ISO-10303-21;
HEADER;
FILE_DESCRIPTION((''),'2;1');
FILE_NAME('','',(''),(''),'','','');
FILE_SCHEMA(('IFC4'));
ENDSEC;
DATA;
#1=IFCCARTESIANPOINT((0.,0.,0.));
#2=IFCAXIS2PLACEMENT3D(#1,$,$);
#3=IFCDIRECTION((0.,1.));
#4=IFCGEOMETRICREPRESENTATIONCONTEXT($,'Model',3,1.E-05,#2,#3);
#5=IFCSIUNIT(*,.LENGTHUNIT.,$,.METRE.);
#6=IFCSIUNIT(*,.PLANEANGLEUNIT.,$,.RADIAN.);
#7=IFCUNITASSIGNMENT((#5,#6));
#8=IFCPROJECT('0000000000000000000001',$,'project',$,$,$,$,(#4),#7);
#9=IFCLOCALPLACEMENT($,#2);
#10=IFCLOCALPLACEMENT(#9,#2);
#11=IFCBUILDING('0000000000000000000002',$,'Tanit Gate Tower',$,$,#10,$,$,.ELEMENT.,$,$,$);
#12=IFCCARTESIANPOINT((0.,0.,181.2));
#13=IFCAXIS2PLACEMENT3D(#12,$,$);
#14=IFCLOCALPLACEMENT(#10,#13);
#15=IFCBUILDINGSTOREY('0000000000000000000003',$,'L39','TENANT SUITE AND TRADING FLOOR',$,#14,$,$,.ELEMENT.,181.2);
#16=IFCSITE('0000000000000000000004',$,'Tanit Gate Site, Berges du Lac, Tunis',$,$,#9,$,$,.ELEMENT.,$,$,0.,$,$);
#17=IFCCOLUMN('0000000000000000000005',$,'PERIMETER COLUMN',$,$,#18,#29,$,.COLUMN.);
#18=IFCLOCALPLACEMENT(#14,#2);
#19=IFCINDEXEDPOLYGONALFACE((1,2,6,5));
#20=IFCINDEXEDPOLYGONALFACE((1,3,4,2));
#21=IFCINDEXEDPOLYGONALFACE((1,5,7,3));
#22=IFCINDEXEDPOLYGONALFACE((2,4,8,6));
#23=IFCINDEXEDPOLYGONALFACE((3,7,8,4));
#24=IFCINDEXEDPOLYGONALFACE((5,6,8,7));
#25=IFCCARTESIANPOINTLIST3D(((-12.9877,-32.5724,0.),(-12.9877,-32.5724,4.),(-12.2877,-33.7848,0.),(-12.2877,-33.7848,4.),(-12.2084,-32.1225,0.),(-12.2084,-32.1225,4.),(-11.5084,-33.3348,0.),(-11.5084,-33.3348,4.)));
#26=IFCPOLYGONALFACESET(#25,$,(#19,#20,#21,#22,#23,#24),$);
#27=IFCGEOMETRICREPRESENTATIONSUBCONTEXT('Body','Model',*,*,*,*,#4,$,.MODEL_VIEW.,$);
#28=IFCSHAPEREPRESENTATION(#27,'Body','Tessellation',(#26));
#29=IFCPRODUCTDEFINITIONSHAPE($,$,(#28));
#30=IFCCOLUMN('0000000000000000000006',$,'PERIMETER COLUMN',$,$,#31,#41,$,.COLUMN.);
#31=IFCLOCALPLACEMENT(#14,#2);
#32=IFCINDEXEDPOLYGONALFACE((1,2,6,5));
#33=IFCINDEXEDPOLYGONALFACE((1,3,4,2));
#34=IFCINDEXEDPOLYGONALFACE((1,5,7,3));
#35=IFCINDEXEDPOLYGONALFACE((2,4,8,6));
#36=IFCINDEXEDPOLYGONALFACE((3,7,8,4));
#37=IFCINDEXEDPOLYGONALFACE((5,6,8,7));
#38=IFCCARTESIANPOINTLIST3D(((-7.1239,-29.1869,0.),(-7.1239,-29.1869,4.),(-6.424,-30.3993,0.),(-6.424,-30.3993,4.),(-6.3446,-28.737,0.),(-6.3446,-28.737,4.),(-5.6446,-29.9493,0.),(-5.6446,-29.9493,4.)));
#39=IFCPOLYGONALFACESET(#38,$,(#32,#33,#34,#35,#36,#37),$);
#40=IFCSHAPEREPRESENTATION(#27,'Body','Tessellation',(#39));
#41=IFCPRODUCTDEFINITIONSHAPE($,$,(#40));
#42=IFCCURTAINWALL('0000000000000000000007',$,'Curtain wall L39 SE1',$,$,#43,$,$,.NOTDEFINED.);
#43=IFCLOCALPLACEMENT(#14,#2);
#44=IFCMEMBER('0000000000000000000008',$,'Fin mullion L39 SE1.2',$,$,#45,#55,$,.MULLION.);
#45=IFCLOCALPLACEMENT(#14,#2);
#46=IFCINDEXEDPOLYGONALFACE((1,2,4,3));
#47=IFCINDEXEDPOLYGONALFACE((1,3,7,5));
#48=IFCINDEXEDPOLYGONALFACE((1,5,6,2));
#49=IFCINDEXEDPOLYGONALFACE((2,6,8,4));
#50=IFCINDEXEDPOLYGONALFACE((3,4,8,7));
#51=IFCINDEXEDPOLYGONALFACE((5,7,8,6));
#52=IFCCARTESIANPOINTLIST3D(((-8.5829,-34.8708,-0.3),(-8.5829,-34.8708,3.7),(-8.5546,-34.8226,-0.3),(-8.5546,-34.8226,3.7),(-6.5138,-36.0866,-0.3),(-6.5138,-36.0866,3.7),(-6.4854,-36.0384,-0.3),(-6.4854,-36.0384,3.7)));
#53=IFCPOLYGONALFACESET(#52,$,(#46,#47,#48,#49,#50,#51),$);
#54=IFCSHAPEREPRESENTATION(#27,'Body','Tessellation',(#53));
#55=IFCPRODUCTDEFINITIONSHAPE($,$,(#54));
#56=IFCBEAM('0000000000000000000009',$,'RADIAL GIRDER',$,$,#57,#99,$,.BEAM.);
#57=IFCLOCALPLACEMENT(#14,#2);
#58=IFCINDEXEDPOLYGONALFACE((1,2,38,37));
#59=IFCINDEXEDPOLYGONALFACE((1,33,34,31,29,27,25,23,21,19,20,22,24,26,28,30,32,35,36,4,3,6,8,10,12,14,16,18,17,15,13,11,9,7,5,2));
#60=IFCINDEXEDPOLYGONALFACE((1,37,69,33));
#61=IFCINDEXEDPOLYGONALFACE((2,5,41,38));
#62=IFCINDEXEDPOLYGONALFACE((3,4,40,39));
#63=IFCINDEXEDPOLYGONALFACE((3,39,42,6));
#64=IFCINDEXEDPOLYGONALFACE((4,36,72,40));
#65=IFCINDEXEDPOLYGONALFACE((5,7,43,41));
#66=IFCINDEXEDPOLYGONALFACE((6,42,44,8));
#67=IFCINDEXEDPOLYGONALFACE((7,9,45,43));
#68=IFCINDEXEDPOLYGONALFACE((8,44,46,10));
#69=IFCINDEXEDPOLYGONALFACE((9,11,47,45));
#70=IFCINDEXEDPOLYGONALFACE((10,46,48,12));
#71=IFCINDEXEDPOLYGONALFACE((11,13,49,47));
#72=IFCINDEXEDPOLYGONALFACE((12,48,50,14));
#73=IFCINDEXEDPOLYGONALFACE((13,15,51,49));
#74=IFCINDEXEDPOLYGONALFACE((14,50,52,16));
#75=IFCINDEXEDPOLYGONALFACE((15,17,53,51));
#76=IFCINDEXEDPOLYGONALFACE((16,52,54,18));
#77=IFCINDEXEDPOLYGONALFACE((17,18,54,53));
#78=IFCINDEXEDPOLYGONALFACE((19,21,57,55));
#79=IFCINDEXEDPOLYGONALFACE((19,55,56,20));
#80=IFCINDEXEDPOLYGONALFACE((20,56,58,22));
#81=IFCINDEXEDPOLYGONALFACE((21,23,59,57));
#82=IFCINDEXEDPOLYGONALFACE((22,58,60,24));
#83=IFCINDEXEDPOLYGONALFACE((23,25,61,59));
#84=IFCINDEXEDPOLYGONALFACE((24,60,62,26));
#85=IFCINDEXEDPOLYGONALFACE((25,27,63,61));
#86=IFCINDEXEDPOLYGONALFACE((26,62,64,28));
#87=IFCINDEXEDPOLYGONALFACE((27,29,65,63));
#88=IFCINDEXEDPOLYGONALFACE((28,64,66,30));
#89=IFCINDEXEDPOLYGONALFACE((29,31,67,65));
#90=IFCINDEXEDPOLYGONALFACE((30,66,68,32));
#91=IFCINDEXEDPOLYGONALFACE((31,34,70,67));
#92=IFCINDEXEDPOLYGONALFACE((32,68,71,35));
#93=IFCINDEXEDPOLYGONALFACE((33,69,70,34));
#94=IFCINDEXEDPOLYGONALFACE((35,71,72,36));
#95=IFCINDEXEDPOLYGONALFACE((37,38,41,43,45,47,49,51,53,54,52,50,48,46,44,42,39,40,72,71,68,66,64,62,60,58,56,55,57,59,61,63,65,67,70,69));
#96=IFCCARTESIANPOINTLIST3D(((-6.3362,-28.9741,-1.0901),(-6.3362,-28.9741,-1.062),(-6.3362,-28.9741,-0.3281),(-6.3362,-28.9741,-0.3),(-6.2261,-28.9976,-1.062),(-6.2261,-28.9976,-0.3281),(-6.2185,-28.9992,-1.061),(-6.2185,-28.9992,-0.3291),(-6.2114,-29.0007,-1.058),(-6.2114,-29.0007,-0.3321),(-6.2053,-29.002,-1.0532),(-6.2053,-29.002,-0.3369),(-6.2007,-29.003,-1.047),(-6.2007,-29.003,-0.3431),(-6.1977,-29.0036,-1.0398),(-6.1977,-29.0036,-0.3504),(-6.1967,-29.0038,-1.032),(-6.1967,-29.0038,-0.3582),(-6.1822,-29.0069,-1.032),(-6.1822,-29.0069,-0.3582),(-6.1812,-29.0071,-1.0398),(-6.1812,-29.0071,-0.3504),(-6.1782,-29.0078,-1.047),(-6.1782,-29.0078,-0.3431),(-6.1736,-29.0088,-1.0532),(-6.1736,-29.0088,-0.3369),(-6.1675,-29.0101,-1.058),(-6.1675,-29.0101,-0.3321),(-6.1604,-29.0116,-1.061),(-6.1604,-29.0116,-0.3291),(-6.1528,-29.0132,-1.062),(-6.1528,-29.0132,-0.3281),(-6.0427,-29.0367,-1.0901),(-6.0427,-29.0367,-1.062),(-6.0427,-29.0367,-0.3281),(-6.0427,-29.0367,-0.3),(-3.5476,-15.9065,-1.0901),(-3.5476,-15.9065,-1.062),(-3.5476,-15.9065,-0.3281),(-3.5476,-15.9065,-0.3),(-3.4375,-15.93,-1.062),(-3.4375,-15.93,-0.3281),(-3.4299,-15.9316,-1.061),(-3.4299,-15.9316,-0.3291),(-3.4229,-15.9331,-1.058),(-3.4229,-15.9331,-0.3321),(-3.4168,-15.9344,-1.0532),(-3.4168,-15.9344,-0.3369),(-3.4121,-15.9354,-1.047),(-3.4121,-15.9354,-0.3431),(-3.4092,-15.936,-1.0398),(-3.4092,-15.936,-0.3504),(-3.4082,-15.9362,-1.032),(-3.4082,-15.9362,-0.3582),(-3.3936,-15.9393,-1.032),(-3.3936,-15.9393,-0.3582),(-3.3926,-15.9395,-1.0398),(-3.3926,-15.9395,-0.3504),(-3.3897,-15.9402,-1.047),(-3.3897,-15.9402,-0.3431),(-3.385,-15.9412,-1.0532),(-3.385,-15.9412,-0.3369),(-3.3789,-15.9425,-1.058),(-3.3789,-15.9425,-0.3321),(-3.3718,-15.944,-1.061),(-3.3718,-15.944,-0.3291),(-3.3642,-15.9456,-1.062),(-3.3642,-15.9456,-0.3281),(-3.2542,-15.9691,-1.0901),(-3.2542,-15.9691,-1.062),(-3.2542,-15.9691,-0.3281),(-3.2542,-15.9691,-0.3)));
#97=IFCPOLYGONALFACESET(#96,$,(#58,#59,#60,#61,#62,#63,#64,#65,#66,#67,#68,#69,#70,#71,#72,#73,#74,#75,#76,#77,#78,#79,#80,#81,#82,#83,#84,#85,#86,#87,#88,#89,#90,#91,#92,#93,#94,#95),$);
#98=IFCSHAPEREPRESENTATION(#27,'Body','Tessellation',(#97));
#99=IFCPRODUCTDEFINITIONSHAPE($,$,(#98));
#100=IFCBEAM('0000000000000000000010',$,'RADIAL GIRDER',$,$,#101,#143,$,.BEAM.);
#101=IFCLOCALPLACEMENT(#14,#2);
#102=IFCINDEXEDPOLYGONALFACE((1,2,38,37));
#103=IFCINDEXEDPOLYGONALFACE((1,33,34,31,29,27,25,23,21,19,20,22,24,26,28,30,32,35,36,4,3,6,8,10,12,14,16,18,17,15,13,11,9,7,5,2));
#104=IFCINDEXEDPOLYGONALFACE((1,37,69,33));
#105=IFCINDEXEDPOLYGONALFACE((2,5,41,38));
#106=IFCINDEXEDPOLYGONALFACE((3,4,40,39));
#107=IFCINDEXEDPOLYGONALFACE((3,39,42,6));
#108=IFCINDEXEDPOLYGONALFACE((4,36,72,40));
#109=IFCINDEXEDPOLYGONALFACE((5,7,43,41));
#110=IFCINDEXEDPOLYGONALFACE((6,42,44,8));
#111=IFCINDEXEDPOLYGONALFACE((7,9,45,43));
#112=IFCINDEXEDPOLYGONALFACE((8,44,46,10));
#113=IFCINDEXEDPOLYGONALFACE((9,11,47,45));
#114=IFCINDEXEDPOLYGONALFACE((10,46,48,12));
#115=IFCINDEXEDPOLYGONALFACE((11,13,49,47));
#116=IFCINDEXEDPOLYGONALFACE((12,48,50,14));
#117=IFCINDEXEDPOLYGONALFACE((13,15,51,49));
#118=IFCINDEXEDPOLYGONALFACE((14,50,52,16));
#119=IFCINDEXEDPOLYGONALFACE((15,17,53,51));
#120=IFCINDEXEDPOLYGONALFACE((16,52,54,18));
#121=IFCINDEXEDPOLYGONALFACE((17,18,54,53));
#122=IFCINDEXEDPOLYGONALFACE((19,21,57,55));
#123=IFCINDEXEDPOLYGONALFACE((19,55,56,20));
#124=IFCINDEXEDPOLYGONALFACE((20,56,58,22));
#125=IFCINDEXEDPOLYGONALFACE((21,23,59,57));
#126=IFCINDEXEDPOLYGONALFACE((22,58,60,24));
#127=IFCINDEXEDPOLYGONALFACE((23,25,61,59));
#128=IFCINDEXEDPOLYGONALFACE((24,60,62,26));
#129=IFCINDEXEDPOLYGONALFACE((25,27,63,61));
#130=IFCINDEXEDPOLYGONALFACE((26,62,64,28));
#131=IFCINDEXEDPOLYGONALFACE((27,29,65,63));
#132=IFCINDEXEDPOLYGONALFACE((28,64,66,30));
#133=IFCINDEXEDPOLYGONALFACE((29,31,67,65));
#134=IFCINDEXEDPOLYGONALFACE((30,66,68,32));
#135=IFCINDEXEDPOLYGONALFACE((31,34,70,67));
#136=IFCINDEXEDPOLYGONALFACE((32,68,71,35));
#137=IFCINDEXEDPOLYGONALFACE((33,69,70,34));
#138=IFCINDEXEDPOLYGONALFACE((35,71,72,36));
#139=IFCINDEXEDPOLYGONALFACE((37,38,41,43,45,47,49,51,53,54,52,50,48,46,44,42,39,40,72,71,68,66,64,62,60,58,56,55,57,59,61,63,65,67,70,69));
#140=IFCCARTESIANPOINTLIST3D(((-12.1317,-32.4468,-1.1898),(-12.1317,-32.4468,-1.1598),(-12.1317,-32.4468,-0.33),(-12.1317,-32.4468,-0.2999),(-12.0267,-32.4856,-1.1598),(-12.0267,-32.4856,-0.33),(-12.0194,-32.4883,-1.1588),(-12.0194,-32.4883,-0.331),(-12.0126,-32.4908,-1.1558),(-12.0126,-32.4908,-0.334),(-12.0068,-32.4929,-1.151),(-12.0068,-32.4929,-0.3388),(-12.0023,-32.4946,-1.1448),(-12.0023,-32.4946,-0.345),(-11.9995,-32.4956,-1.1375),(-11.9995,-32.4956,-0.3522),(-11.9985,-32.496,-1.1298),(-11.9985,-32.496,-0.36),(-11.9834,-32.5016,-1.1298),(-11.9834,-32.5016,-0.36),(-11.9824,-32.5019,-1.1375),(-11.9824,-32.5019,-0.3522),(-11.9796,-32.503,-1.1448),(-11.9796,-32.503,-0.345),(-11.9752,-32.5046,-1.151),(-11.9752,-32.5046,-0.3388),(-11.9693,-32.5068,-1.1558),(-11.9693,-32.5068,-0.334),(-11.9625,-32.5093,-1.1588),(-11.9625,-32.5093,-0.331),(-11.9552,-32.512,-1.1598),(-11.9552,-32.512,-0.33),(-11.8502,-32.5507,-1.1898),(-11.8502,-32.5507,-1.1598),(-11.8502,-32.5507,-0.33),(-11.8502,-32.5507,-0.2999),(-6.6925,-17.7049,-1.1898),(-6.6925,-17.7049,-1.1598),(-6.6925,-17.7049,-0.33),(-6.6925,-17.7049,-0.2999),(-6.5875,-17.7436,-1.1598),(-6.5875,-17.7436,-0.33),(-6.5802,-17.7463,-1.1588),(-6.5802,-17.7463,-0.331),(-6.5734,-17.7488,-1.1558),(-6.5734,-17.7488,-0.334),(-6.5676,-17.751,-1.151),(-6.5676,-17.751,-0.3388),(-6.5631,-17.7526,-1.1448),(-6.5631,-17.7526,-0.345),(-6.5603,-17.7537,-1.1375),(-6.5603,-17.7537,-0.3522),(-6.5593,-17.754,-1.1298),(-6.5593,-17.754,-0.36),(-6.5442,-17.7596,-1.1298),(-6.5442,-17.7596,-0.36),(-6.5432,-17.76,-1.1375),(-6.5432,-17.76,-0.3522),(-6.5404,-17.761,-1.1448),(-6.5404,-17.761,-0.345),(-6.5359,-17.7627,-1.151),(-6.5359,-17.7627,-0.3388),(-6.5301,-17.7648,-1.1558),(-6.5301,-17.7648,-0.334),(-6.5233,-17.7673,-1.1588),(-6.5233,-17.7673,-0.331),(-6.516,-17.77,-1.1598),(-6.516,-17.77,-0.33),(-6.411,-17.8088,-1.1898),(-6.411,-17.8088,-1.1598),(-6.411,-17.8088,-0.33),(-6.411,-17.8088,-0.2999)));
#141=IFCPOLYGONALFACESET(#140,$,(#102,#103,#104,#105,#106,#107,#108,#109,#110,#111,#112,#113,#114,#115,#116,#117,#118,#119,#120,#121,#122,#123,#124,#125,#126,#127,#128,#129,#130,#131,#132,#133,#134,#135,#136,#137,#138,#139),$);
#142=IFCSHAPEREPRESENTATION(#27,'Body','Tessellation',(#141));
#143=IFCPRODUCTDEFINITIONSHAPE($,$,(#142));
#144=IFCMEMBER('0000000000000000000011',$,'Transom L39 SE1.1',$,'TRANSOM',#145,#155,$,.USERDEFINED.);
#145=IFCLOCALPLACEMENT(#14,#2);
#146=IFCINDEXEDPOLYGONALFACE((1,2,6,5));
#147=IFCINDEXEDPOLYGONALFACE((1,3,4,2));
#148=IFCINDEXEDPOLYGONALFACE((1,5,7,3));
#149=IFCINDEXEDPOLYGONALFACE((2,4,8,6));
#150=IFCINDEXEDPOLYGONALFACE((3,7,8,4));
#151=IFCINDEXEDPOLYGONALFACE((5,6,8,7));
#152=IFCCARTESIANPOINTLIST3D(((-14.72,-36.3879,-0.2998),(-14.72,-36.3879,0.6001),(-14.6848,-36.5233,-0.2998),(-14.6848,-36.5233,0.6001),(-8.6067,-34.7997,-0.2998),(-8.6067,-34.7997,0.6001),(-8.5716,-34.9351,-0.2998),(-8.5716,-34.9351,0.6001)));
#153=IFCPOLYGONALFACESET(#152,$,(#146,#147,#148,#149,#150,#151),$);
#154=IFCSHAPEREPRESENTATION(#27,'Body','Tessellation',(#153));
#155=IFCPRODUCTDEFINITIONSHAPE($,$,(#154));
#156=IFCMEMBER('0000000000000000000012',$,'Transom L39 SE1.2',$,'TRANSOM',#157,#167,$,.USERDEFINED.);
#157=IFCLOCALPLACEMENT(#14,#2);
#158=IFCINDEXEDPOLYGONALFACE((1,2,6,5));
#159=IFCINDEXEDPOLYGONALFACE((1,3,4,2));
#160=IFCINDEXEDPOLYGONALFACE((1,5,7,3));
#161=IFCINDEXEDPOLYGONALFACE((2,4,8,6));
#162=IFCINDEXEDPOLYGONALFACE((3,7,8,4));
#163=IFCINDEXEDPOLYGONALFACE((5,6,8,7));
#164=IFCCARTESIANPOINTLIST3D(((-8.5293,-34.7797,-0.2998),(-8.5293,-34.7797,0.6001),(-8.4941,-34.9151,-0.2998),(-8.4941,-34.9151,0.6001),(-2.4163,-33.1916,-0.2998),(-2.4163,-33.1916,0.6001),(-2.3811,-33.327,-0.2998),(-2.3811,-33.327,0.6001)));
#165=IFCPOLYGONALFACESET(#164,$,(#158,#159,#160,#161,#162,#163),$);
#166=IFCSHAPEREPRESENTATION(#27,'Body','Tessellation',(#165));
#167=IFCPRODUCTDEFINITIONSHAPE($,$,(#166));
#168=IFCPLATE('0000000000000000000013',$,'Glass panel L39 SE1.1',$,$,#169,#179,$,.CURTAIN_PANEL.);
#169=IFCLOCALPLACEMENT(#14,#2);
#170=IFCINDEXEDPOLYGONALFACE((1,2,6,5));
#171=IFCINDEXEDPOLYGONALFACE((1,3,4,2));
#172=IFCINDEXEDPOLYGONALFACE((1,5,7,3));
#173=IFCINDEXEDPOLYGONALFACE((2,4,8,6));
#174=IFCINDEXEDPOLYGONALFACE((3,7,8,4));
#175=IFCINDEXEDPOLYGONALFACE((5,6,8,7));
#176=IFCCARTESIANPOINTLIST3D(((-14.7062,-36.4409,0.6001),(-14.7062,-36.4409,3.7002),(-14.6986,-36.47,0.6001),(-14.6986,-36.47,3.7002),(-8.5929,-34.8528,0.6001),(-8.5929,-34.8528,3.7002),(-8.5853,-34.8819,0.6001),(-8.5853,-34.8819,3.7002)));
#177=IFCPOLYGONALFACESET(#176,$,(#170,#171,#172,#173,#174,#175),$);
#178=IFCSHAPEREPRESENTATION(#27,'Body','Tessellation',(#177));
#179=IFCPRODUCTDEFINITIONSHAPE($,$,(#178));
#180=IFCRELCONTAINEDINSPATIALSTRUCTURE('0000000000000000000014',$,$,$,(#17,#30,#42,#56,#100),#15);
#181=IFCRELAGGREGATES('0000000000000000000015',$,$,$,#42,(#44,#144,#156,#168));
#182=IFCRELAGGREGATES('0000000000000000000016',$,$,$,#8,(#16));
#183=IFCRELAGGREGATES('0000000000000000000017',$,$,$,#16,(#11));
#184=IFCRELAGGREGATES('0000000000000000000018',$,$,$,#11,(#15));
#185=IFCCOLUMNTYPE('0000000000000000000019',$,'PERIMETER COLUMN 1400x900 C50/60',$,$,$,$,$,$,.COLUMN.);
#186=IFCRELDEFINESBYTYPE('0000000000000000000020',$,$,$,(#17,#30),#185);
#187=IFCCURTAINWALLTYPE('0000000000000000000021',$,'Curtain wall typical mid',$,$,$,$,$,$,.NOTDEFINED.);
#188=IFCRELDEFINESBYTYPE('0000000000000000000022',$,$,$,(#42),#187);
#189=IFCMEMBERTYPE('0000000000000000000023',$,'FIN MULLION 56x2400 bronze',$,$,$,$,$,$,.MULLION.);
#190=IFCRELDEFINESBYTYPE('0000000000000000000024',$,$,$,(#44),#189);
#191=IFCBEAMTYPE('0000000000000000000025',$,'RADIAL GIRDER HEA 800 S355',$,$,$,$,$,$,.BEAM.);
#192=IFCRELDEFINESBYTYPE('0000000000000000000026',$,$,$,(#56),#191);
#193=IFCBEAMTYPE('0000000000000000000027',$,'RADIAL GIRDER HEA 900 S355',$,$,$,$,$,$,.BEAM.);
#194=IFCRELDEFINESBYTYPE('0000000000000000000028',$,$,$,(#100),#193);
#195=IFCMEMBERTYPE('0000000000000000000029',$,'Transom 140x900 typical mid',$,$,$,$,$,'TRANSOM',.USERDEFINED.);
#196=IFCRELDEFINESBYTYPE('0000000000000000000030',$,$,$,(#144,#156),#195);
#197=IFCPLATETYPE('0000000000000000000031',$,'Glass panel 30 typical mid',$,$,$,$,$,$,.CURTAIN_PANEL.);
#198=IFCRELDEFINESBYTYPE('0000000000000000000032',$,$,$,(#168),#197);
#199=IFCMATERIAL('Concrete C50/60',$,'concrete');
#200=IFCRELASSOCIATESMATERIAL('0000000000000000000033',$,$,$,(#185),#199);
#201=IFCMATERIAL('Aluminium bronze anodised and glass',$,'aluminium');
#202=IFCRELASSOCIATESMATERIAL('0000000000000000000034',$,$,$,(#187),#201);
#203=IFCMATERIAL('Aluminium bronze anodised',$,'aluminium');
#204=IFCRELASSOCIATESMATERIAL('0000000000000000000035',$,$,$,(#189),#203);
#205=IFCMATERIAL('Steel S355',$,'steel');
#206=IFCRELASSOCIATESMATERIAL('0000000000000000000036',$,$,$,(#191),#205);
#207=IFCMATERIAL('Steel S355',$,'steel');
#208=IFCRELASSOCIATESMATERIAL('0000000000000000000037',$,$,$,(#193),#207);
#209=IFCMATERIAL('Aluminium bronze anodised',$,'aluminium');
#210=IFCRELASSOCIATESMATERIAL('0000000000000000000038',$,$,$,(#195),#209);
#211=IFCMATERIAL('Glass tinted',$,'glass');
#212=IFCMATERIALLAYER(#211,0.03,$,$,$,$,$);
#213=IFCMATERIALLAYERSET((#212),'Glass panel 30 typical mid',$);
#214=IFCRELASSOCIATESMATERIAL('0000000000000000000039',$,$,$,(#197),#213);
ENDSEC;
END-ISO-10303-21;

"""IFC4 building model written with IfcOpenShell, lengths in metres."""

from ifc_helpers import new_model, si_unit, direction, frame, origin, origin_2d, place, context, subcontext, project, spatial, rectangle, i_section, extrude, material, layer, layer_set, material_profile, profile_set, type_object, element, aggregate, save


model = new_model("IFC4")

# Units and contexts
model_context = context("Model", 3, precision=1e-05, world=origin(), true_north=direction((0.0, 1.0)))
body_context = subcontext(model_context, "Body", "Model", "MODEL_VIEW")
ifc_project = project(units=[si_unit("LENGTHUNIT", "METRE"), si_unit("PLANEANGLEUNIT", "RADIAN")], contexts=[model_context])

# Site, building, storey
site_placement = place(None, origin())
site = spatial("IfcSite", under=ifc_project, at=site_placement, Name="Tanit Gate Site, Berges du Lac, Tunis", CompositionType="ELEMENT", RefElevation=0.0)
building_placement = place(site_placement, origin())
building = spatial("IfcBuilding", under=site, at=building_placement, Name="Tanit Gate Tower", CompositionType="ELEMENT")
storey_placement = place(building_placement, frame((0.0, 0.0, 181.2)))
storey = spatial("IfcBuildingStorey", under=building, at=storey_placement, Name="L39", Description="TENANT SUITE AND TRADING FLOOR", CompositionType="ELEMENT", Elevation=181.2)

# Columns
ifc_material_1 = material(Name="Concrete C50/60", Category="concrete")
ifc_material_profile_1 = material_profile(ifc_material_1, rectangle(XDim=1.3999, YDim=0.8999, at=origin_2d()), Name="RC 1400x900")
ifc_profile_set_1 = profile_set([ifc_material_profile_1], Name="Concrete C50/60")
column_type = type_object("IfcColumnType", Name="PERIMETER COLUMN 1400x900 C50/60", PredefinedType="COLUMN", material=ifc_profile_set_1)
for number, where, z_axis, x_axis, name in (
    (1, (-12.248, -32.9536, 0.0), (0.0, 0.0, 1.0), (0.5, -0.866025, 0.0), "PERIMETER COLUMN"),
    (2, (-6.3843, -29.5681, 0.0), (0.0, 0.0, 1.0), (0.5, -0.866025, 0.0), "PERIMETER COLUMN"),
):
    element("IfcColumn", number, at=place(storey_placement, frame(where, z_axis=z_axis, x_axis=x_axis)), inside=storey, type_object=column_type, Name=name, PredefinedType="COLUMN", context=body_context, shape_type="SweptSolid", body=[
        extrude(rectangle(XDim=1.3999, YDim=0.8999, at=origin_2d()), origin(), (0.0, 0.0, 1.0), 4.0),
    ])

# Curtain wall, member
ifc_material_2 = material(Name="Aluminium bronze anodised and glass", Category="aluminium")
curtain_wall_type = type_object("IfcCurtainWallType", Name="Curtain wall typical mid", PredefinedType="NOTDEFINED", material=ifc_material_2)
curtain_wall_placement = place(storey_placement, origin())
curtain_wall = element("IfcCurtainWall", 3, at=curtain_wall_placement, inside=storey, type_object=curtain_wall_type, Name="Curtain wall L39 SE1", PredefinedType="NOTDEFINED")
ifc_material_3 = material(Name="Aluminium bronze anodised", Category="aluminium")
ifc_material_profile_2 = material_profile(ifc_material_3, rectangle(XDim=2.3999, YDim=0.0559, at=origin_2d()), Name="56x2400 bronze fin mullion")
ifc_profile_set_2 = profile_set([ifc_material_profile_2], Name="Aluminium bronze anodised")
member_type_1 = type_object("IfcMemberType", Name="FIN MULLION 56x2400 bronze", PredefinedType="MULLION", material=ifc_profile_set_2)
member_1_placement = place(storey_placement, frame((-7.5342, -35.4546, -0.3), z_axis=(0.0, 0.0, 1.0), x_axis=(-0.86218, 0.506602, 0.0)))
member_1 = element("IfcMember", 4, at=member_1_placement, type_object=member_type_1, Name="Fin mullion L39 SE1.2", PredefinedType="MULLION", context=body_context, shape_type="SweptSolid", body=[
    extrude(rectangle(XDim=2.3999, YDim=0.0559, at=origin_2d()), origin(), (0.0, 0.0, 1.0), 4.0),
])

# Beams
ifc_material_4 = material(Name="Steel S355", Category="steel")
ifc_material_profile_3 = material_profile(ifc_material_4, i_section(OverallWidth=0.3, OverallDepth=0.79, WebThickness=0.0149, FlangeThickness=0.0281, FilletRadius=0.03, at=origin_2d()), Name="HEA 800")
ifc_profile_set_3 = profile_set([ifc_material_profile_3], Name="Steel S355")
beam_type_1 = type_object("IfcBeamType", Name="RADIAL GIRDER HEA 800 S355", PredefinedType="BEAM", material=ifc_profile_set_3)
beam_1_placement = place(storey_placement, frame((-6.1895, -29.0054, -0.6951), z_axis=(0.208697, 0.97798, 0.0), x_axis=(-0.97798, 0.208697, 0.0)))
element("IfcBeam", 5, at=beam_1_placement, inside=storey, type_object=beam_type_1, Name="RADIAL GIRDER", PredefinedType="BEAM", context=body_context, shape_type="SweptSolid", body=[
    extrude(i_section(OverallWidth=0.3, OverallDepth=0.79, WebThickness=0.0149, FlangeThickness=0.0281, FilletRadius=0.03, at=origin_2d()), origin(), (0.0, 0.0, 1.0), 13.3618),
])
ifc_material_5 = material(Name="Steel S355", Category="steel")
ifc_material_profile_4 = material_profile(ifc_material_5, i_section(OverallWidth=0.3, OverallDepth=0.8899, WebThickness=0.0161, FlangeThickness=0.03, FilletRadius=0.03, at=origin_2d()), Name="HEA 900")
ifc_profile_set_4 = profile_set([ifc_material_profile_4], Name="Steel S355")
beam_type_2 = type_object("IfcBeamType", Name="RADIAL GIRDER HEA 900 S355", PredefinedType="BEAM", material=ifc_profile_set_4)
beam_2_placement = place(storey_placement, frame((-11.991, -32.4988, -0.7449), z_axis=(0.346152, 0.938179, 0.0), x_axis=(-0.938179, 0.346152, 0.0)))
element("IfcBeam", 6, at=beam_2_placement, inside=storey, type_object=beam_type_2, Name="RADIAL GIRDER", PredefinedType="BEAM", context=body_context, shape_type="SweptSolid", body=[
    extrude(i_section(OverallWidth=0.3, OverallDepth=0.8899, WebThickness=0.0161, FlangeThickness=0.03, FilletRadius=0.03, at=origin_2d()), origin(), (0.0, 0.0, 1.0), 15.7134),
])

# Members
ifc_material_6 = material(Name="Aluminium bronze anodised", Category="aluminium")
ifc_material_profile_5 = material_profile(ifc_material_6, rectangle(XDim=0.1399, YDim=0.8999, at=origin_2d()), Name="140x900 bronze transom")
ifc_profile_set_5 = profile_set([ifc_material_profile_5], Name="Aluminium bronze anodised")
member_type_2 = type_object("IfcMemberType", Name="Transom 140x900 typical mid", ElementType="TRANSOM", PredefinedType="USERDEFINED", material=ifc_profile_set_5)
member_2_placement = place(storey_placement, frame((-14.7024, -36.4556, 0.1501), z_axis=(0.967873, 0.251438, 0.0), x_axis=(-0.251438, 0.967873, 0.0)))
member_2 = element("IfcMember", 7, at=member_2_placement, type_object=member_type_2, Name="Transom L39 SE1.1", ObjectType="TRANSOM", PredefinedType="USERDEFINED", context=body_context, shape_type="SweptSolid", body=[
    extrude(rectangle(XDim=0.1399, YDim=0.8999, at=origin_2d()), origin(), (0.0, 0.0, 1.0), 6.3162),
])
member_3_placement = place(storey_placement, frame((-8.5117, -34.8474, 0.1501), z_axis=(0.967871, 0.251448, 0.0), x_axis=(-0.251448, 0.967871, 0.0)))
member_3 = element("IfcMember", 8, at=member_3_placement, type_object=member_type_2, Name="Transom L39 SE1.2", ObjectType="TRANSOM", PredefinedType="USERDEFINED", context=body_context, shape_type="SweptSolid", body=[
    extrude(rectangle(XDim=0.1399, YDim=0.8999, at=origin_2d()), origin(), (0.0, 0.0, 1.0), 6.3159),
])

# Plate
ifc_material_7 = material(Name="Glass tinted", Category="glass")
ifc_layer_1 = layer(ifc_material_7, 0.03)
ifc_layer_set_1 = layer_set([ifc_layer_1], Name="Glass panel 30 typical mid")
plate_type = type_object("IfcPlateType", Name="Glass panel 30 typical mid", PredefinedType="CURTAIN_PANEL", material=ifc_layer_set_1)
plate_1_placement = place(storey_placement, frame((-11.6458, -35.6614, 0.6001), z_axis=(0.0, 0.0, 1.0), x_axis=(0.967875, 0.251432, 0.0)))
plate_1 = element("IfcPlate", 9, at=plate_1_placement, type_object=plate_type, Name="Glass panel L39 SE1.1", PredefinedType="CURTAIN_PANEL", context=body_context, shape_type="SweptSolid", body=[
    extrude(rectangle(XDim=6.3162, YDim=0.03, at=origin_2d()), origin(), (0.0, 0.0, 1.0), 3.1001),
])
aggregate(curtain_wall, [member_1, member_2, member_3, plate_1])

save(model, "model.ifc")
